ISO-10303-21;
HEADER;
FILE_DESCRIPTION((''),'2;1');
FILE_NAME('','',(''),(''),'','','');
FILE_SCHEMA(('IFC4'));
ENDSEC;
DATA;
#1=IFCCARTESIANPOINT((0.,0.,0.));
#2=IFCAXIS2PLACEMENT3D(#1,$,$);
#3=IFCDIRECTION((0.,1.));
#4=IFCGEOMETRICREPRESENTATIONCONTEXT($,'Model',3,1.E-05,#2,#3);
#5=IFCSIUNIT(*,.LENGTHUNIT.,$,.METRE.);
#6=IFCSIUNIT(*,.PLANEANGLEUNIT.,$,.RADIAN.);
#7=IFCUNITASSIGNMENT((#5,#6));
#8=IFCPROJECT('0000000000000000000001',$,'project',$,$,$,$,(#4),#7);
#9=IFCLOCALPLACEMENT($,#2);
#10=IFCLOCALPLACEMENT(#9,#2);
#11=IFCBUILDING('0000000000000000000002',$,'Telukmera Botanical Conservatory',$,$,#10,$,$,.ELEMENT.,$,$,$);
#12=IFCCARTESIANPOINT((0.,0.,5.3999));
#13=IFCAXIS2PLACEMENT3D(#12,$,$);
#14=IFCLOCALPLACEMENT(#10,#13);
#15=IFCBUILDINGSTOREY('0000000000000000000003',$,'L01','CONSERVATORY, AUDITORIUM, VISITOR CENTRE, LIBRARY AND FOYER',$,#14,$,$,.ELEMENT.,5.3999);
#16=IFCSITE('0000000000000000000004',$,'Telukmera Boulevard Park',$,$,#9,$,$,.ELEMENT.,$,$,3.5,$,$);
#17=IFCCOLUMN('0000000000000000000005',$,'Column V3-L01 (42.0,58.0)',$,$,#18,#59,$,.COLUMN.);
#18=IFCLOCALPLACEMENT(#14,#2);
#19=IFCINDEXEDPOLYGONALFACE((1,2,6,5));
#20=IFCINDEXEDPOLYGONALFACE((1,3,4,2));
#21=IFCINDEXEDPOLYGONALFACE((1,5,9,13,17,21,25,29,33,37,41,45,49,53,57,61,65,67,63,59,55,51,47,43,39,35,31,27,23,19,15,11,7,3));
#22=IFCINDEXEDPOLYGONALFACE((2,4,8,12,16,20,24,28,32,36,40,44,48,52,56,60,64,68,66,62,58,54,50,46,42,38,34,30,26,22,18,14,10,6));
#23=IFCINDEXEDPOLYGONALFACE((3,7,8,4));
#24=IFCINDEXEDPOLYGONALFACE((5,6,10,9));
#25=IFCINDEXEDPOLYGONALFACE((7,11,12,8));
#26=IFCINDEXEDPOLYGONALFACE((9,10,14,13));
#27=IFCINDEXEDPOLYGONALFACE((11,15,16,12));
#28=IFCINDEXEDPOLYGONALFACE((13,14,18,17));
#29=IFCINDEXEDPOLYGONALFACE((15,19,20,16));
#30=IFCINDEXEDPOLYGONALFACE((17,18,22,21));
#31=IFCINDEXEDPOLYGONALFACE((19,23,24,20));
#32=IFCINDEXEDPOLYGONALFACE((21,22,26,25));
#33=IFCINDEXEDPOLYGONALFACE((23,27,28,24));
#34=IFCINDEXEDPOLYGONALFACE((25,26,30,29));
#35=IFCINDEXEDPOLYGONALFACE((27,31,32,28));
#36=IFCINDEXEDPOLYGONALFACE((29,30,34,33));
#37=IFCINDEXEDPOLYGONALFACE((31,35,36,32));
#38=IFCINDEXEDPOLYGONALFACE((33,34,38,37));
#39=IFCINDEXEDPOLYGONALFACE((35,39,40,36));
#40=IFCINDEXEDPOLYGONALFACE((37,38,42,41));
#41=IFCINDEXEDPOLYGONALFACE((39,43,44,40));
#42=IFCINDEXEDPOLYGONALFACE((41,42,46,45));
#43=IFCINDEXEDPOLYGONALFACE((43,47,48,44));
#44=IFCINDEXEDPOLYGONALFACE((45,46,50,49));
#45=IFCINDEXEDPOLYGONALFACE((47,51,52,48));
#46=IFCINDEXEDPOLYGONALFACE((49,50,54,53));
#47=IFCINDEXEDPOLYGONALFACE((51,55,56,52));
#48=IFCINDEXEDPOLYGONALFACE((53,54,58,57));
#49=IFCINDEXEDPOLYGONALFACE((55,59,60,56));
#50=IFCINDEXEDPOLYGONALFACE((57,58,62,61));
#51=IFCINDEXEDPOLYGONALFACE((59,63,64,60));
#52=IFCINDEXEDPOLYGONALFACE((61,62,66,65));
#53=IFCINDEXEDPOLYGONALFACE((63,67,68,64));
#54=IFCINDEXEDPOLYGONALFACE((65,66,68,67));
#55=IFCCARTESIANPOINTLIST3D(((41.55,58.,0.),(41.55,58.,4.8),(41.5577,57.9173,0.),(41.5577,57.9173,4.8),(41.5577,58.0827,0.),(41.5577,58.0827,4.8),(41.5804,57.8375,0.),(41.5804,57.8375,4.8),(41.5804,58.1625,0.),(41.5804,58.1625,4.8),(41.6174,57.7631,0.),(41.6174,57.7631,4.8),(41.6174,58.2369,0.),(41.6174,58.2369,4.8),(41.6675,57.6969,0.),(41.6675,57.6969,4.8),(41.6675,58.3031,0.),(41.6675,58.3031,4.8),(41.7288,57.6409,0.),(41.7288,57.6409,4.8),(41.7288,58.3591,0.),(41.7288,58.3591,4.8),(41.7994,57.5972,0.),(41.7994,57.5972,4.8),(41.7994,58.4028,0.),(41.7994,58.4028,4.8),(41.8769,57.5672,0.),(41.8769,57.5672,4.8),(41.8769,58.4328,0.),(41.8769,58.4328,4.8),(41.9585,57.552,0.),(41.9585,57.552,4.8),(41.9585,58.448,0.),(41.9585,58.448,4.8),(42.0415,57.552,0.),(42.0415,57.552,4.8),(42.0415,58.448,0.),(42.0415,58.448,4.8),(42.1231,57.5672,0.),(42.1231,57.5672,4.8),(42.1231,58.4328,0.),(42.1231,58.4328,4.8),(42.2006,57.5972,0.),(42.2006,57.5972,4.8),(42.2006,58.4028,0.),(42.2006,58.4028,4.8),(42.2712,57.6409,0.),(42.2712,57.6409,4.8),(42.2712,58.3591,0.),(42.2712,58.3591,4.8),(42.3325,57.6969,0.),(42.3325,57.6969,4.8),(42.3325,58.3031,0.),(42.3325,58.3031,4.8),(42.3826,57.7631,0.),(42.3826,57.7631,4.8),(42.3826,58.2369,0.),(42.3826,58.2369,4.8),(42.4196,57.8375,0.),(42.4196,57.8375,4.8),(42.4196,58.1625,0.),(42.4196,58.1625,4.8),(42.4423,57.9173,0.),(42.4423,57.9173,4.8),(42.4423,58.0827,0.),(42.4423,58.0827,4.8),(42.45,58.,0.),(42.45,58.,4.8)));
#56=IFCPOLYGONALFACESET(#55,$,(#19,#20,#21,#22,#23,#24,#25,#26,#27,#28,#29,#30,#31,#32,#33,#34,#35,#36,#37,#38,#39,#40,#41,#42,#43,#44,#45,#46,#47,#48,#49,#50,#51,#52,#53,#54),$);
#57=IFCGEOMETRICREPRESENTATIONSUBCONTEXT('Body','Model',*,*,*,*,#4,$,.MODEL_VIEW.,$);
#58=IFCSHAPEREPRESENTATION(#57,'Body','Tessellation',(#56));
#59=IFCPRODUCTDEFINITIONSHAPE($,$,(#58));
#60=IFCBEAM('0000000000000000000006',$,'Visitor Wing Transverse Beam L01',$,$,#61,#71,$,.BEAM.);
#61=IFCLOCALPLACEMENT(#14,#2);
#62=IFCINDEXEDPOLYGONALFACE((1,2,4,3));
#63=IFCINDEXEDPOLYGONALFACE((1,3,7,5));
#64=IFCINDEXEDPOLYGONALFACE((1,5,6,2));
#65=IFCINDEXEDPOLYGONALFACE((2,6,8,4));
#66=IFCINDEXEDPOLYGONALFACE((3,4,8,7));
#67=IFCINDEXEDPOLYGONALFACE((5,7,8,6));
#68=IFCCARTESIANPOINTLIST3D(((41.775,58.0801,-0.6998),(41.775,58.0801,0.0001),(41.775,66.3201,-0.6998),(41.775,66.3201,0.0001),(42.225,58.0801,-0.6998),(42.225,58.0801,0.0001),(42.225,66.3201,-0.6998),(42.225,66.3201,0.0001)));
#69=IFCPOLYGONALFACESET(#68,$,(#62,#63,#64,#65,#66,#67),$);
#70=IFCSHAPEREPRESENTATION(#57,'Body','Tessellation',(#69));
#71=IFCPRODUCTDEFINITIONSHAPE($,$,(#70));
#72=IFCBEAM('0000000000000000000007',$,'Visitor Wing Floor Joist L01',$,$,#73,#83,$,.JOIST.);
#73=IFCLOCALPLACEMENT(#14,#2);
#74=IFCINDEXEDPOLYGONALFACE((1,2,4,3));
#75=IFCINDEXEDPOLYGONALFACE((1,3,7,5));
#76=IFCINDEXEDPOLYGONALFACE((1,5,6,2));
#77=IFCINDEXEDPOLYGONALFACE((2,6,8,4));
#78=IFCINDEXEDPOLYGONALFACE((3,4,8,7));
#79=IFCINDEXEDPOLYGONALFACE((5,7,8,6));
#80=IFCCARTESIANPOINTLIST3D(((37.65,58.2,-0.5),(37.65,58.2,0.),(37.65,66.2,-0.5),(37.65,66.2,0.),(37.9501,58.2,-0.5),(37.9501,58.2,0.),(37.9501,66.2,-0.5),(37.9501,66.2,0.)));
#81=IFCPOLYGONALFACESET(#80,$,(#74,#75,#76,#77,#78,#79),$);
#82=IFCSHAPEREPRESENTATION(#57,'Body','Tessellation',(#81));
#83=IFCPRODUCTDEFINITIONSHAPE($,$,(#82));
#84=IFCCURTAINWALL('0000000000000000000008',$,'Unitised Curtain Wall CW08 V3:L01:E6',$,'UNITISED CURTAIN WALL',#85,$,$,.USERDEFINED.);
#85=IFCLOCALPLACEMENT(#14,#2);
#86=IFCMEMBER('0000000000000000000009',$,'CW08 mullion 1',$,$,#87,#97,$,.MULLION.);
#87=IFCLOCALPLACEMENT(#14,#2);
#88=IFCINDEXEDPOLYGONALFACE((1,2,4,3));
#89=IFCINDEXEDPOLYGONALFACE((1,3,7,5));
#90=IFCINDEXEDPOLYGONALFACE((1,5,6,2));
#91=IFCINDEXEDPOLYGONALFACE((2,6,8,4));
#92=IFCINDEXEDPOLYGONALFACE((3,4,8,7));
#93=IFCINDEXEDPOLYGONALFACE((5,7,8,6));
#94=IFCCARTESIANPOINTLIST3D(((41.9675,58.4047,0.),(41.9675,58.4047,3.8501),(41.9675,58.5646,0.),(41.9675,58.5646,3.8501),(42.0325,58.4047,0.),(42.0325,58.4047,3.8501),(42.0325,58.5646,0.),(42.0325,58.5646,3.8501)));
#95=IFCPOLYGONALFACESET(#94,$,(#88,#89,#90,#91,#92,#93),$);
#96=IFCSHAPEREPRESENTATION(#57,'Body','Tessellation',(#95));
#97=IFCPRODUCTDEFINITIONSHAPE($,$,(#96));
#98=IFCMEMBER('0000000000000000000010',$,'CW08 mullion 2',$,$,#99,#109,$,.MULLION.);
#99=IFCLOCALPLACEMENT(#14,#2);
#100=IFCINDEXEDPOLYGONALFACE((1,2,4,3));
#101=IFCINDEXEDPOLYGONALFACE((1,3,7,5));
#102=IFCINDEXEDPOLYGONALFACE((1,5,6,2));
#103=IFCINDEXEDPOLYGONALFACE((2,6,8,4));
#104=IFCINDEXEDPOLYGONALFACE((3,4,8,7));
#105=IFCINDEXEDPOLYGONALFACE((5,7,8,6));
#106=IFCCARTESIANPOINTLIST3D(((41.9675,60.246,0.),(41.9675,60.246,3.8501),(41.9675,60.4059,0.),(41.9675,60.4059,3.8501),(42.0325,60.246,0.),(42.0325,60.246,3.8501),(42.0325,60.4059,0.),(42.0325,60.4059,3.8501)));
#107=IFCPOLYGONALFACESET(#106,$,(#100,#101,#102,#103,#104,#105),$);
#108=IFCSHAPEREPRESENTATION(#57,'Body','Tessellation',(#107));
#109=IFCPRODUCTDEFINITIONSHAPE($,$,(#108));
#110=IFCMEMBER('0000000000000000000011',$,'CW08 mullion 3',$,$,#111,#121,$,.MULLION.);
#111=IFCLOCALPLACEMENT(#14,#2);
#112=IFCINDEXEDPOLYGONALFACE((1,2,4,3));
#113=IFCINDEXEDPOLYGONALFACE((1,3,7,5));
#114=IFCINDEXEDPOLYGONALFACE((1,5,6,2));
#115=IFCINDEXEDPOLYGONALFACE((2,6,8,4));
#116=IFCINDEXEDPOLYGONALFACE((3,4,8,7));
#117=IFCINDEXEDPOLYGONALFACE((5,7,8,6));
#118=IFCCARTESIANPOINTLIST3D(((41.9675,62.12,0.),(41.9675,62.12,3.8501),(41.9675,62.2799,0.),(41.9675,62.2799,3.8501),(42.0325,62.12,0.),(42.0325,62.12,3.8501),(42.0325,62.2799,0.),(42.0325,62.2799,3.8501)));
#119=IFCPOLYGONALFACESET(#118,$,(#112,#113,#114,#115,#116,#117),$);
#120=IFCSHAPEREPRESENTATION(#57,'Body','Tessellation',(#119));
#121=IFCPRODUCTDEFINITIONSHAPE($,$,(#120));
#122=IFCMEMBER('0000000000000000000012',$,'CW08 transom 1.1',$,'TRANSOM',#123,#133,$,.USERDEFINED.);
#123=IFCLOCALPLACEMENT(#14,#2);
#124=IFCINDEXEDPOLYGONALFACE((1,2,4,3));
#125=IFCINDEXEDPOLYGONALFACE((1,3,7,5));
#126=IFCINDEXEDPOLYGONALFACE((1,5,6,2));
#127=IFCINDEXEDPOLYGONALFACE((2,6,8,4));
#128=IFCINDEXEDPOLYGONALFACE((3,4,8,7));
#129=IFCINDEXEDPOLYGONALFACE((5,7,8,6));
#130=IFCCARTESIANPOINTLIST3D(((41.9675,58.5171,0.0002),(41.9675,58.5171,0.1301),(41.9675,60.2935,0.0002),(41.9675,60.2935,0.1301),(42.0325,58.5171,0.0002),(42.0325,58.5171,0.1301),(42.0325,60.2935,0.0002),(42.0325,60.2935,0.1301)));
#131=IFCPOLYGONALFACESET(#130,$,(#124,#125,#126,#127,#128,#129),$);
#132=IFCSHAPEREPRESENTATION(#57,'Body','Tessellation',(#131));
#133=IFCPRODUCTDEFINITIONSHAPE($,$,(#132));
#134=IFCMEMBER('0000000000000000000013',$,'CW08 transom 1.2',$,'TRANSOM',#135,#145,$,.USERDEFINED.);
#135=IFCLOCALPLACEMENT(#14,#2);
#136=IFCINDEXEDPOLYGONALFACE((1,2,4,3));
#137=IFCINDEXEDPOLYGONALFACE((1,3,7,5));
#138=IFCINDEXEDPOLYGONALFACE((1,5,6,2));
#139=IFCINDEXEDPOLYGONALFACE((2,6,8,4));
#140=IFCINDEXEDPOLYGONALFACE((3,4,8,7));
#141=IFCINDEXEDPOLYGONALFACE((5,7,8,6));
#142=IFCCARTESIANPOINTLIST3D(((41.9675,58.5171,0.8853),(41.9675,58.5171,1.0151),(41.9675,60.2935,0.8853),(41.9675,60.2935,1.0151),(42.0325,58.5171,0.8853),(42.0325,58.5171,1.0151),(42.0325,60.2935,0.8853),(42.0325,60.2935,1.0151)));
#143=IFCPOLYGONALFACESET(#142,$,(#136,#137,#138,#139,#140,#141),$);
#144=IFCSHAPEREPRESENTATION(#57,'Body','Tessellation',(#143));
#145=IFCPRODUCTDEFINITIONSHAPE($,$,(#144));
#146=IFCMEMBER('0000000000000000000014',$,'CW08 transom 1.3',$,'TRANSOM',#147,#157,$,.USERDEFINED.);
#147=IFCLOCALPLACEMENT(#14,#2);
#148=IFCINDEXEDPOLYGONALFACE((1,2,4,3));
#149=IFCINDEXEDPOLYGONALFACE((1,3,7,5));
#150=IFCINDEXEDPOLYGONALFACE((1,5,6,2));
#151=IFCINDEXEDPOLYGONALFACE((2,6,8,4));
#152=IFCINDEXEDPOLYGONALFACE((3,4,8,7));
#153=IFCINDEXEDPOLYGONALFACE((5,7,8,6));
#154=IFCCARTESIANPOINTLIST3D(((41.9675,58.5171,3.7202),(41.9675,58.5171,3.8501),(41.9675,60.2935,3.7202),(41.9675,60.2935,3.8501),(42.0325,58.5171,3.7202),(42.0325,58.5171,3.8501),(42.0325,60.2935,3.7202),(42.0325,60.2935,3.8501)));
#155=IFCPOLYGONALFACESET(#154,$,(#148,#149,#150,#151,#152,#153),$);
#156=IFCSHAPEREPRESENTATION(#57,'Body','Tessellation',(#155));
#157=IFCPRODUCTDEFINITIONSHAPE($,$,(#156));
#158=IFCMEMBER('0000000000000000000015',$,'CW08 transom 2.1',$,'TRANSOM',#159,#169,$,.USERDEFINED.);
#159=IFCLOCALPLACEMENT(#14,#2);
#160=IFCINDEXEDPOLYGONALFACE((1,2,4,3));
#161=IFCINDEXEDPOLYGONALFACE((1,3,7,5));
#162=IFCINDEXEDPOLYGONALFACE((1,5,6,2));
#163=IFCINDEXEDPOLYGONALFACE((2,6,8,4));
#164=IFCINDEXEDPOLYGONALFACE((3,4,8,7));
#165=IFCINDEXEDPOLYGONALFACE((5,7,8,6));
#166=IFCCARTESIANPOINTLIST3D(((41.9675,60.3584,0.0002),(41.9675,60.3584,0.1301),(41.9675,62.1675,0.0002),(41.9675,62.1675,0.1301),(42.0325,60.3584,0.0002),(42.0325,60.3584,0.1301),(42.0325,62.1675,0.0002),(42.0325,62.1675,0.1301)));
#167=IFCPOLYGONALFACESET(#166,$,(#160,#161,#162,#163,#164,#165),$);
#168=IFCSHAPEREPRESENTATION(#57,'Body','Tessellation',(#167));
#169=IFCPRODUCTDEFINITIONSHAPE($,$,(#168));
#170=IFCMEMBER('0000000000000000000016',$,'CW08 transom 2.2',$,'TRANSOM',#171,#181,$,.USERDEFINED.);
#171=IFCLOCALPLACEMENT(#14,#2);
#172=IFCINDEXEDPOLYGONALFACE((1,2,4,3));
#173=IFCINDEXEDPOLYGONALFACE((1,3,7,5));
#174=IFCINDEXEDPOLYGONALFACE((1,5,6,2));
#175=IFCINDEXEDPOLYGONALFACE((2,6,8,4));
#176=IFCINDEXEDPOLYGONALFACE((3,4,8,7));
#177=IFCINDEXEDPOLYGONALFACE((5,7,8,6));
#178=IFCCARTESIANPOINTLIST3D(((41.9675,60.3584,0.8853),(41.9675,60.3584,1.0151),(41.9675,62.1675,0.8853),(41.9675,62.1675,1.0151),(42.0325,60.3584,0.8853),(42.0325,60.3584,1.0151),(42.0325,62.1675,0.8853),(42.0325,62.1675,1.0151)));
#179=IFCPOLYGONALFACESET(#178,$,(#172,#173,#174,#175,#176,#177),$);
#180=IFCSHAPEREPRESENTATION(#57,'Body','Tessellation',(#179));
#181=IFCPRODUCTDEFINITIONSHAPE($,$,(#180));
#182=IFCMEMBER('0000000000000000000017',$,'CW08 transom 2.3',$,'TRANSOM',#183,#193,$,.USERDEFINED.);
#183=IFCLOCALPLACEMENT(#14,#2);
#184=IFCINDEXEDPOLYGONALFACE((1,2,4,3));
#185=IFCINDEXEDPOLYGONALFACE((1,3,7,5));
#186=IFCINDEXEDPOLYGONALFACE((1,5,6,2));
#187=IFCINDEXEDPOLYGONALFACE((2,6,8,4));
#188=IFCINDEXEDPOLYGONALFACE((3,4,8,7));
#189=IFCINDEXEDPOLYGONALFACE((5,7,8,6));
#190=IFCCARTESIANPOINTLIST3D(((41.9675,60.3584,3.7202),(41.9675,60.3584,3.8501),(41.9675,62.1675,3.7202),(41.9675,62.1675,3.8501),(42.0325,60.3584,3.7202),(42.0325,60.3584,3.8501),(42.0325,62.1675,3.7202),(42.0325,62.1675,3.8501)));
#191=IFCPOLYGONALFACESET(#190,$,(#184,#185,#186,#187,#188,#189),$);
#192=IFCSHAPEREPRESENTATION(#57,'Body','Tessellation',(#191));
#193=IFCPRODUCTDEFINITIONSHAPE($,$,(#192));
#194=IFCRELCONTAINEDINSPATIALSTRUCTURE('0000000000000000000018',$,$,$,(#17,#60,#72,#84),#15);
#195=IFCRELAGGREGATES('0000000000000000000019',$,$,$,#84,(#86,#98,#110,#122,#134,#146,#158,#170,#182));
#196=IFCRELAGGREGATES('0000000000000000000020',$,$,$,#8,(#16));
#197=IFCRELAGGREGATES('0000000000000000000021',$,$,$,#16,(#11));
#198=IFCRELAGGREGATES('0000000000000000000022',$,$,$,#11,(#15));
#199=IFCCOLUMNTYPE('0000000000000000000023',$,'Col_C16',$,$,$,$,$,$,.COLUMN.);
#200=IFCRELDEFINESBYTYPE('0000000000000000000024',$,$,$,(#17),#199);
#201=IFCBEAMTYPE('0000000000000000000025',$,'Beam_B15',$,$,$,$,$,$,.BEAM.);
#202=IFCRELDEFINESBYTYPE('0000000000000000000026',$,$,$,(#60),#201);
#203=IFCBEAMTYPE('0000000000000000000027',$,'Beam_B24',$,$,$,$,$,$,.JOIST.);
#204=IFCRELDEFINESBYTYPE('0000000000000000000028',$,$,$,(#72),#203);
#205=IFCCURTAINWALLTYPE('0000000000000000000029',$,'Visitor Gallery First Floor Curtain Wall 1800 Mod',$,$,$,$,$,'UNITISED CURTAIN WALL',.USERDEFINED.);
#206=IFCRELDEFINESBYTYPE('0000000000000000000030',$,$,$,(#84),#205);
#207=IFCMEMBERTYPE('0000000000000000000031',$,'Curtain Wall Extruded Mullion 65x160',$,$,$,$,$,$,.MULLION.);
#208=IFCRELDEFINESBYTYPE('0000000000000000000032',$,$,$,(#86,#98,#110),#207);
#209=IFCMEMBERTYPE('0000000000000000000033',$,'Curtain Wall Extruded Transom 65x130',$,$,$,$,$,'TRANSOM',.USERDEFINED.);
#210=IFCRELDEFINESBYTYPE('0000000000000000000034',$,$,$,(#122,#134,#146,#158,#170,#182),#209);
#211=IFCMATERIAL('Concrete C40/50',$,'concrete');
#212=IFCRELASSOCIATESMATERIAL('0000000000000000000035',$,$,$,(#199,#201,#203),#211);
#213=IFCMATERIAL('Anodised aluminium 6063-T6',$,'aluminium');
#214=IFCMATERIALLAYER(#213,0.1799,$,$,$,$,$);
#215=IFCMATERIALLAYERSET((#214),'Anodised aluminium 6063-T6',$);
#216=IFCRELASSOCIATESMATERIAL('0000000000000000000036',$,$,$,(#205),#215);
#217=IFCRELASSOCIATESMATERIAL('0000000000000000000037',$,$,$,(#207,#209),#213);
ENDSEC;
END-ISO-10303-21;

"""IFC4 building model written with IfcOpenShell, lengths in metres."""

from ifc_helpers import new_model, si_unit, direction, frame, origin, origin_2d, place, context, subcontext, project, spatial, rectangle, circle, extrude, material, layer, layer_set, material_profile, profile_set, type_object, element, aggregate, save


model = new_model("IFC4")

# Units and contexts
model_context = context("Model", 3, precision=1e-05, world=origin(), true_north=direction((0.0, 1.0)))
body_context = subcontext(model_context, "Body", "Model", "MODEL_VIEW")
ifc_project = project(units=[si_unit("LENGTHUNIT", "METRE"), si_unit("PLANEANGLEUNIT", "RADIAN")], contexts=[model_context])

# Site, building, storey
site_placement = place(None, origin())
site = spatial("IfcSite", under=ifc_project, at=site_placement, Name="Telukmera Boulevard Park", CompositionType="ELEMENT", RefElevation=3.5)
building_placement = place(site_placement, origin())
building = spatial("IfcBuilding", under=site, at=building_placement, Name="Telukmera Botanical Conservatory", CompositionType="ELEMENT")
storey_placement = place(building_placement, frame((0.0, 0.0, 5.3999)))
storey = spatial("IfcBuildingStorey", under=building, at=storey_placement, Name="L01", Description="CONSERVATORY, AUDITORIUM, VISITOR CENTRE, LIBRARY AND FOYER", CompositionType="ELEMENT", Elevation=5.3999)

# Column
ifc_material_1 = material(Name="Concrete C40/50", Category="concrete")
ifc_material_profile_1 = material_profile(ifc_material_1, circle(Radius=0.45, at=origin_2d()), Name="RC D900")
ifc_profile_set_1 = profile_set([ifc_material_profile_1], Name="Concrete C40/50")
column_type = type_object("IfcColumnType", Name="Col_C16", PredefinedType="COLUMN", material=ifc_profile_set_1)
column_placement = place(storey_placement, frame((42.0, 58.0, 0.0), z_axis=(0.0, 0.0, 1.0), x_axis=(1.0, 0.0, 0.0)))
element("IfcColumn", 1, at=column_placement, inside=storey, type_object=column_type, Name="Column V3-L01 (42.0,58.0)", PredefinedType="COLUMN", context=body_context, shape_type="SweptSolid", body=[
    extrude(circle(Radius=0.45, at=origin_2d()), origin(), (0.0, 0.0, 1.0), 4.8),
])

# Beams
ifc_material_profile_2 = material_profile(ifc_material_1, rectangle(XDim=0.45, YDim=0.7, at=origin_2d()), Name="RC 450x700")
ifc_profile_set_2 = profile_set([ifc_material_profile_2], Name="Concrete C40/50")
beam_type_1 = type_object("IfcBeamType", Name="Beam_B15", PredefinedType="BEAM", material=ifc_profile_set_2)
beam_1_placement = place(storey_placement, frame((42.0, 58.0801, -0.3499), z_axis=(0.0, 1.0, 0.0), x_axis=(-1.0, 0.0, 0.0)))
element("IfcBeam", 2, at=beam_1_placement, inside=storey, type_object=beam_type_1, Name="Visitor Wing Transverse Beam L01", PredefinedType="BEAM", context=body_context, shape_type="SweptSolid", body=[
    extrude(rectangle(XDim=0.45, YDim=0.7, at=origin_2d()), origin(), (0.0, 0.0, 1.0), 8.24),
])
ifc_material_profile_3 = material_profile(ifc_material_1, rectangle(XDim=0.3, YDim=0.5, at=origin_2d()), Name="RC 300x500")
ifc_profile_set_3 = profile_set([ifc_material_profile_3], Name="Concrete C40/50")
beam_type_2 = type_object("IfcBeamType", Name="Beam_B24", PredefinedType="JOIST", material=ifc_profile_set_3)
beam_2_placement = place(storey_placement, frame((37.8, 58.2, -0.25), z_axis=(0.0, 1.0, 0.0), x_axis=(-1.0, 0.0, 0.0)))
element("IfcBeam", 3, at=beam_2_placement, inside=storey, type_object=beam_type_2, Name="Visitor Wing Floor Joist L01", PredefinedType="JOIST", context=body_context, shape_type="SweptSolid", body=[
    extrude(rectangle(XDim=0.3, YDim=0.5, at=origin_2d()), origin(), (0.0, 0.0, 1.0), 8.0),
])

# Curtain wall, members
ifc_material_2 = material(Name="Anodised aluminium 6063-T6", Category="aluminium")
ifc_layer_1 = layer(ifc_material_2, 0.1799)
ifc_layer_set_1 = layer_set([ifc_layer_1], Name="Anodised aluminium 6063-T6")
curtain_wall_type = type_object("IfcCurtainWallType", Name="Visitor Gallery First Floor Curtain Wall 1800 Mod", ElementType="UNITISED CURTAIN WALL", PredefinedType="USERDEFINED", material=ifc_layer_set_1)
curtain_wall_placement = place(storey_placement, origin())
curtain_wall = element("IfcCurtainWall", 4, at=curtain_wall_placement, inside=storey, type_object=curtain_wall_type, Name="Unitised Curtain Wall CW08 V3:L01:E6", ObjectType="UNITISED CURTAIN WALL", PredefinedType="USERDEFINED")
ifc_material_profile_4 = material_profile(ifc_material_2, rectangle(XDim=0.0649, YDim=0.1599, at=origin_2d()), Name="ALU MULL 65x160")
ifc_profile_set_4 = profile_set([ifc_material_profile_4], Name="Anodised aluminium 6063-T6")
member_type_1 = type_object("IfcMemberType", Name="Curtain Wall Extruded Mullion 65x160", PredefinedType="MULLION", material=ifc_profile_set_4)
member_1_placement = place(storey_placement, frame((42.0, 58.4846, 0.0), z_axis=(0.0, 0.0, 1.0), x_axis=(-1.0, 0.0, 0.0)))
member_1 = element("IfcMember", 5, at=member_1_placement, type_object=member_type_1, Name="CW08 mullion 1", PredefinedType="MULLION", context=body_context, shape_type="SweptSolid", body=[
    extrude(rectangle(XDim=0.0649, YDim=0.1599, at=origin_2d()), origin(), (0.0, 0.0, 1.0), 3.8501),
])
member_2_placement = place(storey_placement, frame((42.0, 60.3259, 0.0), z_axis=(0.0, 0.0, 1.0), x_axis=(-1.0, 0.0, 0.0)))
member_2 = element("IfcMember", 6, at=member_2_placement, type_object=member_type_1, Name="CW08 mullion 2", PredefinedType="MULLION", context=body_context, shape_type="SweptSolid", body=[
    extrude(rectangle(XDim=0.0649, YDim=0.1599, at=origin_2d()), origin(), (0.0, 0.0, 1.0), 3.8501),
])
member_3_placement = place(storey_placement, frame((42.0, 62.2, 0.0), z_axis=(0.0, 0.0, 1.0), x_axis=(-1.0, 0.0, 0.0)))
member_3 = element("IfcMember", 7, at=member_3_placement, type_object=member_type_1, Name="CW08 mullion 3", PredefinedType="MULLION", context=body_context, shape_type="SweptSolid", body=[
    extrude(rectangle(XDim=0.0649, YDim=0.1599, at=origin_2d()), origin(), (0.0, 0.0, 1.0), 3.8501),
])
ifc_material_profile_5 = material_profile(ifc_material_2, rectangle(XDim=0.0649, YDim=0.1299, at=origin_2d()), Name="ALU TRAN 65x130")
ifc_profile_set_5 = profile_set([ifc_material_profile_5], Name="Anodised aluminium 6063-T6")
member_type_2 = type_object("IfcMemberType", Name="Curtain Wall Extruded Transom 65x130", ElementType="TRANSOM", PredefinedType="USERDEFINED", material=ifc_profile_set_5)
member_4_placement = place(storey_placement, frame((42.0, 58.5171, 0.0652), z_axis=(0.0, 1.0, 0.0), x_axis=(-1.0, 0.0, 0.0)))
member_4 = element("IfcMember", 8, at=member_4_placement, type_object=member_type_2, Name="CW08 transom 1.1", ObjectType="TRANSOM", PredefinedType="USERDEFINED", context=body_context, shape_type="SweptSolid", body=[
    extrude(rectangle(XDim=0.0649, YDim=0.1299, at=origin_2d()), origin(), (0.0, 0.0, 1.0), 1.7764),
])
member_5_placement = place(storey_placement, frame((42.0, 58.5171, 0.9502), z_axis=(0.0, 1.0, 0.0), x_axis=(-1.0, 0.0, 0.0)))
member_5 = element("IfcMember", 9, at=member_5_placement, type_object=member_type_2, Name="CW08 transom 1.2", ObjectType="TRANSOM", PredefinedType="USERDEFINED", context=body_context, shape_type="SweptSolid", body=[
    extrude(rectangle(XDim=0.0649, YDim=0.1299, at=origin_2d()), origin(), (0.0, 0.0, 1.0), 1.7764),
])
member_6_placement = place(storey_placement, frame((42.0, 58.5171, 3.7852), z_axis=(0.0, 1.0, 0.0), x_axis=(-1.0, 0.0, 0.0)))
member_6 = element("IfcMember", 10, at=member_6_placement, type_object=member_type_2, Name="CW08 transom 1.3", ObjectType="TRANSOM", PredefinedType="USERDEFINED", context=body_context, shape_type="SweptSolid", body=[
    extrude(rectangle(XDim=0.0649, YDim=0.1299, at=origin_2d()), origin(), (0.0, 0.0, 1.0), 1.7764),
])
member_7_placement = place(storey_placement, frame((42.0, 60.3584, 0.0652), z_axis=(0.0, 1.0, 0.0), x_axis=(-1.0, 0.0, 0.0)))
member_7 = element("IfcMember", 11, at=member_7_placement, type_object=member_type_2, Name="CW08 transom 2.1", ObjectType="TRANSOM", PredefinedType="USERDEFINED", context=body_context, shape_type="SweptSolid", body=[
    extrude(rectangle(XDim=0.0649, YDim=0.1299, at=origin_2d()), origin(), (0.0, 0.0, 1.0), 1.8091),
])
member_8_placement = place(storey_placement, frame((42.0, 60.3584, 0.9502), z_axis=(0.0, 1.0, 0.0), x_axis=(-1.0, 0.0, 0.0)))
member_8 = element("IfcMember", 12, at=member_8_placement, type_object=member_type_2, Name="CW08 transom 2.2", ObjectType="TRANSOM", PredefinedType="USERDEFINED", context=body_context, shape_type="SweptSolid", body=[
    extrude(rectangle(XDim=0.0649, YDim=0.1299, at=origin_2d()), origin(), (0.0, 0.0, 1.0), 1.8091),
])
member_9_placement = place(storey_placement, frame((42.0, 60.3584, 3.7852), z_axis=(0.0, 1.0, 0.0), x_axis=(-1.0, 0.0, 0.0)))
member_9 = element("IfcMember", 13, at=member_9_placement, type_object=member_type_2, Name="CW08 transom 2.3", ObjectType="TRANSOM", PredefinedType="USERDEFINED", context=body_context, shape_type="SweptSolid", body=[
    extrude(rectangle(XDim=0.0649, YDim=0.1299, at=origin_2d()), origin(), (0.0, 0.0, 1.0), 1.8091),
])
aggregate(curtain_wall, [member_1, member_2, member_3, member_4, member_5, member_6, member_7, member_8, member_9])

save(model, "model.ifc")
